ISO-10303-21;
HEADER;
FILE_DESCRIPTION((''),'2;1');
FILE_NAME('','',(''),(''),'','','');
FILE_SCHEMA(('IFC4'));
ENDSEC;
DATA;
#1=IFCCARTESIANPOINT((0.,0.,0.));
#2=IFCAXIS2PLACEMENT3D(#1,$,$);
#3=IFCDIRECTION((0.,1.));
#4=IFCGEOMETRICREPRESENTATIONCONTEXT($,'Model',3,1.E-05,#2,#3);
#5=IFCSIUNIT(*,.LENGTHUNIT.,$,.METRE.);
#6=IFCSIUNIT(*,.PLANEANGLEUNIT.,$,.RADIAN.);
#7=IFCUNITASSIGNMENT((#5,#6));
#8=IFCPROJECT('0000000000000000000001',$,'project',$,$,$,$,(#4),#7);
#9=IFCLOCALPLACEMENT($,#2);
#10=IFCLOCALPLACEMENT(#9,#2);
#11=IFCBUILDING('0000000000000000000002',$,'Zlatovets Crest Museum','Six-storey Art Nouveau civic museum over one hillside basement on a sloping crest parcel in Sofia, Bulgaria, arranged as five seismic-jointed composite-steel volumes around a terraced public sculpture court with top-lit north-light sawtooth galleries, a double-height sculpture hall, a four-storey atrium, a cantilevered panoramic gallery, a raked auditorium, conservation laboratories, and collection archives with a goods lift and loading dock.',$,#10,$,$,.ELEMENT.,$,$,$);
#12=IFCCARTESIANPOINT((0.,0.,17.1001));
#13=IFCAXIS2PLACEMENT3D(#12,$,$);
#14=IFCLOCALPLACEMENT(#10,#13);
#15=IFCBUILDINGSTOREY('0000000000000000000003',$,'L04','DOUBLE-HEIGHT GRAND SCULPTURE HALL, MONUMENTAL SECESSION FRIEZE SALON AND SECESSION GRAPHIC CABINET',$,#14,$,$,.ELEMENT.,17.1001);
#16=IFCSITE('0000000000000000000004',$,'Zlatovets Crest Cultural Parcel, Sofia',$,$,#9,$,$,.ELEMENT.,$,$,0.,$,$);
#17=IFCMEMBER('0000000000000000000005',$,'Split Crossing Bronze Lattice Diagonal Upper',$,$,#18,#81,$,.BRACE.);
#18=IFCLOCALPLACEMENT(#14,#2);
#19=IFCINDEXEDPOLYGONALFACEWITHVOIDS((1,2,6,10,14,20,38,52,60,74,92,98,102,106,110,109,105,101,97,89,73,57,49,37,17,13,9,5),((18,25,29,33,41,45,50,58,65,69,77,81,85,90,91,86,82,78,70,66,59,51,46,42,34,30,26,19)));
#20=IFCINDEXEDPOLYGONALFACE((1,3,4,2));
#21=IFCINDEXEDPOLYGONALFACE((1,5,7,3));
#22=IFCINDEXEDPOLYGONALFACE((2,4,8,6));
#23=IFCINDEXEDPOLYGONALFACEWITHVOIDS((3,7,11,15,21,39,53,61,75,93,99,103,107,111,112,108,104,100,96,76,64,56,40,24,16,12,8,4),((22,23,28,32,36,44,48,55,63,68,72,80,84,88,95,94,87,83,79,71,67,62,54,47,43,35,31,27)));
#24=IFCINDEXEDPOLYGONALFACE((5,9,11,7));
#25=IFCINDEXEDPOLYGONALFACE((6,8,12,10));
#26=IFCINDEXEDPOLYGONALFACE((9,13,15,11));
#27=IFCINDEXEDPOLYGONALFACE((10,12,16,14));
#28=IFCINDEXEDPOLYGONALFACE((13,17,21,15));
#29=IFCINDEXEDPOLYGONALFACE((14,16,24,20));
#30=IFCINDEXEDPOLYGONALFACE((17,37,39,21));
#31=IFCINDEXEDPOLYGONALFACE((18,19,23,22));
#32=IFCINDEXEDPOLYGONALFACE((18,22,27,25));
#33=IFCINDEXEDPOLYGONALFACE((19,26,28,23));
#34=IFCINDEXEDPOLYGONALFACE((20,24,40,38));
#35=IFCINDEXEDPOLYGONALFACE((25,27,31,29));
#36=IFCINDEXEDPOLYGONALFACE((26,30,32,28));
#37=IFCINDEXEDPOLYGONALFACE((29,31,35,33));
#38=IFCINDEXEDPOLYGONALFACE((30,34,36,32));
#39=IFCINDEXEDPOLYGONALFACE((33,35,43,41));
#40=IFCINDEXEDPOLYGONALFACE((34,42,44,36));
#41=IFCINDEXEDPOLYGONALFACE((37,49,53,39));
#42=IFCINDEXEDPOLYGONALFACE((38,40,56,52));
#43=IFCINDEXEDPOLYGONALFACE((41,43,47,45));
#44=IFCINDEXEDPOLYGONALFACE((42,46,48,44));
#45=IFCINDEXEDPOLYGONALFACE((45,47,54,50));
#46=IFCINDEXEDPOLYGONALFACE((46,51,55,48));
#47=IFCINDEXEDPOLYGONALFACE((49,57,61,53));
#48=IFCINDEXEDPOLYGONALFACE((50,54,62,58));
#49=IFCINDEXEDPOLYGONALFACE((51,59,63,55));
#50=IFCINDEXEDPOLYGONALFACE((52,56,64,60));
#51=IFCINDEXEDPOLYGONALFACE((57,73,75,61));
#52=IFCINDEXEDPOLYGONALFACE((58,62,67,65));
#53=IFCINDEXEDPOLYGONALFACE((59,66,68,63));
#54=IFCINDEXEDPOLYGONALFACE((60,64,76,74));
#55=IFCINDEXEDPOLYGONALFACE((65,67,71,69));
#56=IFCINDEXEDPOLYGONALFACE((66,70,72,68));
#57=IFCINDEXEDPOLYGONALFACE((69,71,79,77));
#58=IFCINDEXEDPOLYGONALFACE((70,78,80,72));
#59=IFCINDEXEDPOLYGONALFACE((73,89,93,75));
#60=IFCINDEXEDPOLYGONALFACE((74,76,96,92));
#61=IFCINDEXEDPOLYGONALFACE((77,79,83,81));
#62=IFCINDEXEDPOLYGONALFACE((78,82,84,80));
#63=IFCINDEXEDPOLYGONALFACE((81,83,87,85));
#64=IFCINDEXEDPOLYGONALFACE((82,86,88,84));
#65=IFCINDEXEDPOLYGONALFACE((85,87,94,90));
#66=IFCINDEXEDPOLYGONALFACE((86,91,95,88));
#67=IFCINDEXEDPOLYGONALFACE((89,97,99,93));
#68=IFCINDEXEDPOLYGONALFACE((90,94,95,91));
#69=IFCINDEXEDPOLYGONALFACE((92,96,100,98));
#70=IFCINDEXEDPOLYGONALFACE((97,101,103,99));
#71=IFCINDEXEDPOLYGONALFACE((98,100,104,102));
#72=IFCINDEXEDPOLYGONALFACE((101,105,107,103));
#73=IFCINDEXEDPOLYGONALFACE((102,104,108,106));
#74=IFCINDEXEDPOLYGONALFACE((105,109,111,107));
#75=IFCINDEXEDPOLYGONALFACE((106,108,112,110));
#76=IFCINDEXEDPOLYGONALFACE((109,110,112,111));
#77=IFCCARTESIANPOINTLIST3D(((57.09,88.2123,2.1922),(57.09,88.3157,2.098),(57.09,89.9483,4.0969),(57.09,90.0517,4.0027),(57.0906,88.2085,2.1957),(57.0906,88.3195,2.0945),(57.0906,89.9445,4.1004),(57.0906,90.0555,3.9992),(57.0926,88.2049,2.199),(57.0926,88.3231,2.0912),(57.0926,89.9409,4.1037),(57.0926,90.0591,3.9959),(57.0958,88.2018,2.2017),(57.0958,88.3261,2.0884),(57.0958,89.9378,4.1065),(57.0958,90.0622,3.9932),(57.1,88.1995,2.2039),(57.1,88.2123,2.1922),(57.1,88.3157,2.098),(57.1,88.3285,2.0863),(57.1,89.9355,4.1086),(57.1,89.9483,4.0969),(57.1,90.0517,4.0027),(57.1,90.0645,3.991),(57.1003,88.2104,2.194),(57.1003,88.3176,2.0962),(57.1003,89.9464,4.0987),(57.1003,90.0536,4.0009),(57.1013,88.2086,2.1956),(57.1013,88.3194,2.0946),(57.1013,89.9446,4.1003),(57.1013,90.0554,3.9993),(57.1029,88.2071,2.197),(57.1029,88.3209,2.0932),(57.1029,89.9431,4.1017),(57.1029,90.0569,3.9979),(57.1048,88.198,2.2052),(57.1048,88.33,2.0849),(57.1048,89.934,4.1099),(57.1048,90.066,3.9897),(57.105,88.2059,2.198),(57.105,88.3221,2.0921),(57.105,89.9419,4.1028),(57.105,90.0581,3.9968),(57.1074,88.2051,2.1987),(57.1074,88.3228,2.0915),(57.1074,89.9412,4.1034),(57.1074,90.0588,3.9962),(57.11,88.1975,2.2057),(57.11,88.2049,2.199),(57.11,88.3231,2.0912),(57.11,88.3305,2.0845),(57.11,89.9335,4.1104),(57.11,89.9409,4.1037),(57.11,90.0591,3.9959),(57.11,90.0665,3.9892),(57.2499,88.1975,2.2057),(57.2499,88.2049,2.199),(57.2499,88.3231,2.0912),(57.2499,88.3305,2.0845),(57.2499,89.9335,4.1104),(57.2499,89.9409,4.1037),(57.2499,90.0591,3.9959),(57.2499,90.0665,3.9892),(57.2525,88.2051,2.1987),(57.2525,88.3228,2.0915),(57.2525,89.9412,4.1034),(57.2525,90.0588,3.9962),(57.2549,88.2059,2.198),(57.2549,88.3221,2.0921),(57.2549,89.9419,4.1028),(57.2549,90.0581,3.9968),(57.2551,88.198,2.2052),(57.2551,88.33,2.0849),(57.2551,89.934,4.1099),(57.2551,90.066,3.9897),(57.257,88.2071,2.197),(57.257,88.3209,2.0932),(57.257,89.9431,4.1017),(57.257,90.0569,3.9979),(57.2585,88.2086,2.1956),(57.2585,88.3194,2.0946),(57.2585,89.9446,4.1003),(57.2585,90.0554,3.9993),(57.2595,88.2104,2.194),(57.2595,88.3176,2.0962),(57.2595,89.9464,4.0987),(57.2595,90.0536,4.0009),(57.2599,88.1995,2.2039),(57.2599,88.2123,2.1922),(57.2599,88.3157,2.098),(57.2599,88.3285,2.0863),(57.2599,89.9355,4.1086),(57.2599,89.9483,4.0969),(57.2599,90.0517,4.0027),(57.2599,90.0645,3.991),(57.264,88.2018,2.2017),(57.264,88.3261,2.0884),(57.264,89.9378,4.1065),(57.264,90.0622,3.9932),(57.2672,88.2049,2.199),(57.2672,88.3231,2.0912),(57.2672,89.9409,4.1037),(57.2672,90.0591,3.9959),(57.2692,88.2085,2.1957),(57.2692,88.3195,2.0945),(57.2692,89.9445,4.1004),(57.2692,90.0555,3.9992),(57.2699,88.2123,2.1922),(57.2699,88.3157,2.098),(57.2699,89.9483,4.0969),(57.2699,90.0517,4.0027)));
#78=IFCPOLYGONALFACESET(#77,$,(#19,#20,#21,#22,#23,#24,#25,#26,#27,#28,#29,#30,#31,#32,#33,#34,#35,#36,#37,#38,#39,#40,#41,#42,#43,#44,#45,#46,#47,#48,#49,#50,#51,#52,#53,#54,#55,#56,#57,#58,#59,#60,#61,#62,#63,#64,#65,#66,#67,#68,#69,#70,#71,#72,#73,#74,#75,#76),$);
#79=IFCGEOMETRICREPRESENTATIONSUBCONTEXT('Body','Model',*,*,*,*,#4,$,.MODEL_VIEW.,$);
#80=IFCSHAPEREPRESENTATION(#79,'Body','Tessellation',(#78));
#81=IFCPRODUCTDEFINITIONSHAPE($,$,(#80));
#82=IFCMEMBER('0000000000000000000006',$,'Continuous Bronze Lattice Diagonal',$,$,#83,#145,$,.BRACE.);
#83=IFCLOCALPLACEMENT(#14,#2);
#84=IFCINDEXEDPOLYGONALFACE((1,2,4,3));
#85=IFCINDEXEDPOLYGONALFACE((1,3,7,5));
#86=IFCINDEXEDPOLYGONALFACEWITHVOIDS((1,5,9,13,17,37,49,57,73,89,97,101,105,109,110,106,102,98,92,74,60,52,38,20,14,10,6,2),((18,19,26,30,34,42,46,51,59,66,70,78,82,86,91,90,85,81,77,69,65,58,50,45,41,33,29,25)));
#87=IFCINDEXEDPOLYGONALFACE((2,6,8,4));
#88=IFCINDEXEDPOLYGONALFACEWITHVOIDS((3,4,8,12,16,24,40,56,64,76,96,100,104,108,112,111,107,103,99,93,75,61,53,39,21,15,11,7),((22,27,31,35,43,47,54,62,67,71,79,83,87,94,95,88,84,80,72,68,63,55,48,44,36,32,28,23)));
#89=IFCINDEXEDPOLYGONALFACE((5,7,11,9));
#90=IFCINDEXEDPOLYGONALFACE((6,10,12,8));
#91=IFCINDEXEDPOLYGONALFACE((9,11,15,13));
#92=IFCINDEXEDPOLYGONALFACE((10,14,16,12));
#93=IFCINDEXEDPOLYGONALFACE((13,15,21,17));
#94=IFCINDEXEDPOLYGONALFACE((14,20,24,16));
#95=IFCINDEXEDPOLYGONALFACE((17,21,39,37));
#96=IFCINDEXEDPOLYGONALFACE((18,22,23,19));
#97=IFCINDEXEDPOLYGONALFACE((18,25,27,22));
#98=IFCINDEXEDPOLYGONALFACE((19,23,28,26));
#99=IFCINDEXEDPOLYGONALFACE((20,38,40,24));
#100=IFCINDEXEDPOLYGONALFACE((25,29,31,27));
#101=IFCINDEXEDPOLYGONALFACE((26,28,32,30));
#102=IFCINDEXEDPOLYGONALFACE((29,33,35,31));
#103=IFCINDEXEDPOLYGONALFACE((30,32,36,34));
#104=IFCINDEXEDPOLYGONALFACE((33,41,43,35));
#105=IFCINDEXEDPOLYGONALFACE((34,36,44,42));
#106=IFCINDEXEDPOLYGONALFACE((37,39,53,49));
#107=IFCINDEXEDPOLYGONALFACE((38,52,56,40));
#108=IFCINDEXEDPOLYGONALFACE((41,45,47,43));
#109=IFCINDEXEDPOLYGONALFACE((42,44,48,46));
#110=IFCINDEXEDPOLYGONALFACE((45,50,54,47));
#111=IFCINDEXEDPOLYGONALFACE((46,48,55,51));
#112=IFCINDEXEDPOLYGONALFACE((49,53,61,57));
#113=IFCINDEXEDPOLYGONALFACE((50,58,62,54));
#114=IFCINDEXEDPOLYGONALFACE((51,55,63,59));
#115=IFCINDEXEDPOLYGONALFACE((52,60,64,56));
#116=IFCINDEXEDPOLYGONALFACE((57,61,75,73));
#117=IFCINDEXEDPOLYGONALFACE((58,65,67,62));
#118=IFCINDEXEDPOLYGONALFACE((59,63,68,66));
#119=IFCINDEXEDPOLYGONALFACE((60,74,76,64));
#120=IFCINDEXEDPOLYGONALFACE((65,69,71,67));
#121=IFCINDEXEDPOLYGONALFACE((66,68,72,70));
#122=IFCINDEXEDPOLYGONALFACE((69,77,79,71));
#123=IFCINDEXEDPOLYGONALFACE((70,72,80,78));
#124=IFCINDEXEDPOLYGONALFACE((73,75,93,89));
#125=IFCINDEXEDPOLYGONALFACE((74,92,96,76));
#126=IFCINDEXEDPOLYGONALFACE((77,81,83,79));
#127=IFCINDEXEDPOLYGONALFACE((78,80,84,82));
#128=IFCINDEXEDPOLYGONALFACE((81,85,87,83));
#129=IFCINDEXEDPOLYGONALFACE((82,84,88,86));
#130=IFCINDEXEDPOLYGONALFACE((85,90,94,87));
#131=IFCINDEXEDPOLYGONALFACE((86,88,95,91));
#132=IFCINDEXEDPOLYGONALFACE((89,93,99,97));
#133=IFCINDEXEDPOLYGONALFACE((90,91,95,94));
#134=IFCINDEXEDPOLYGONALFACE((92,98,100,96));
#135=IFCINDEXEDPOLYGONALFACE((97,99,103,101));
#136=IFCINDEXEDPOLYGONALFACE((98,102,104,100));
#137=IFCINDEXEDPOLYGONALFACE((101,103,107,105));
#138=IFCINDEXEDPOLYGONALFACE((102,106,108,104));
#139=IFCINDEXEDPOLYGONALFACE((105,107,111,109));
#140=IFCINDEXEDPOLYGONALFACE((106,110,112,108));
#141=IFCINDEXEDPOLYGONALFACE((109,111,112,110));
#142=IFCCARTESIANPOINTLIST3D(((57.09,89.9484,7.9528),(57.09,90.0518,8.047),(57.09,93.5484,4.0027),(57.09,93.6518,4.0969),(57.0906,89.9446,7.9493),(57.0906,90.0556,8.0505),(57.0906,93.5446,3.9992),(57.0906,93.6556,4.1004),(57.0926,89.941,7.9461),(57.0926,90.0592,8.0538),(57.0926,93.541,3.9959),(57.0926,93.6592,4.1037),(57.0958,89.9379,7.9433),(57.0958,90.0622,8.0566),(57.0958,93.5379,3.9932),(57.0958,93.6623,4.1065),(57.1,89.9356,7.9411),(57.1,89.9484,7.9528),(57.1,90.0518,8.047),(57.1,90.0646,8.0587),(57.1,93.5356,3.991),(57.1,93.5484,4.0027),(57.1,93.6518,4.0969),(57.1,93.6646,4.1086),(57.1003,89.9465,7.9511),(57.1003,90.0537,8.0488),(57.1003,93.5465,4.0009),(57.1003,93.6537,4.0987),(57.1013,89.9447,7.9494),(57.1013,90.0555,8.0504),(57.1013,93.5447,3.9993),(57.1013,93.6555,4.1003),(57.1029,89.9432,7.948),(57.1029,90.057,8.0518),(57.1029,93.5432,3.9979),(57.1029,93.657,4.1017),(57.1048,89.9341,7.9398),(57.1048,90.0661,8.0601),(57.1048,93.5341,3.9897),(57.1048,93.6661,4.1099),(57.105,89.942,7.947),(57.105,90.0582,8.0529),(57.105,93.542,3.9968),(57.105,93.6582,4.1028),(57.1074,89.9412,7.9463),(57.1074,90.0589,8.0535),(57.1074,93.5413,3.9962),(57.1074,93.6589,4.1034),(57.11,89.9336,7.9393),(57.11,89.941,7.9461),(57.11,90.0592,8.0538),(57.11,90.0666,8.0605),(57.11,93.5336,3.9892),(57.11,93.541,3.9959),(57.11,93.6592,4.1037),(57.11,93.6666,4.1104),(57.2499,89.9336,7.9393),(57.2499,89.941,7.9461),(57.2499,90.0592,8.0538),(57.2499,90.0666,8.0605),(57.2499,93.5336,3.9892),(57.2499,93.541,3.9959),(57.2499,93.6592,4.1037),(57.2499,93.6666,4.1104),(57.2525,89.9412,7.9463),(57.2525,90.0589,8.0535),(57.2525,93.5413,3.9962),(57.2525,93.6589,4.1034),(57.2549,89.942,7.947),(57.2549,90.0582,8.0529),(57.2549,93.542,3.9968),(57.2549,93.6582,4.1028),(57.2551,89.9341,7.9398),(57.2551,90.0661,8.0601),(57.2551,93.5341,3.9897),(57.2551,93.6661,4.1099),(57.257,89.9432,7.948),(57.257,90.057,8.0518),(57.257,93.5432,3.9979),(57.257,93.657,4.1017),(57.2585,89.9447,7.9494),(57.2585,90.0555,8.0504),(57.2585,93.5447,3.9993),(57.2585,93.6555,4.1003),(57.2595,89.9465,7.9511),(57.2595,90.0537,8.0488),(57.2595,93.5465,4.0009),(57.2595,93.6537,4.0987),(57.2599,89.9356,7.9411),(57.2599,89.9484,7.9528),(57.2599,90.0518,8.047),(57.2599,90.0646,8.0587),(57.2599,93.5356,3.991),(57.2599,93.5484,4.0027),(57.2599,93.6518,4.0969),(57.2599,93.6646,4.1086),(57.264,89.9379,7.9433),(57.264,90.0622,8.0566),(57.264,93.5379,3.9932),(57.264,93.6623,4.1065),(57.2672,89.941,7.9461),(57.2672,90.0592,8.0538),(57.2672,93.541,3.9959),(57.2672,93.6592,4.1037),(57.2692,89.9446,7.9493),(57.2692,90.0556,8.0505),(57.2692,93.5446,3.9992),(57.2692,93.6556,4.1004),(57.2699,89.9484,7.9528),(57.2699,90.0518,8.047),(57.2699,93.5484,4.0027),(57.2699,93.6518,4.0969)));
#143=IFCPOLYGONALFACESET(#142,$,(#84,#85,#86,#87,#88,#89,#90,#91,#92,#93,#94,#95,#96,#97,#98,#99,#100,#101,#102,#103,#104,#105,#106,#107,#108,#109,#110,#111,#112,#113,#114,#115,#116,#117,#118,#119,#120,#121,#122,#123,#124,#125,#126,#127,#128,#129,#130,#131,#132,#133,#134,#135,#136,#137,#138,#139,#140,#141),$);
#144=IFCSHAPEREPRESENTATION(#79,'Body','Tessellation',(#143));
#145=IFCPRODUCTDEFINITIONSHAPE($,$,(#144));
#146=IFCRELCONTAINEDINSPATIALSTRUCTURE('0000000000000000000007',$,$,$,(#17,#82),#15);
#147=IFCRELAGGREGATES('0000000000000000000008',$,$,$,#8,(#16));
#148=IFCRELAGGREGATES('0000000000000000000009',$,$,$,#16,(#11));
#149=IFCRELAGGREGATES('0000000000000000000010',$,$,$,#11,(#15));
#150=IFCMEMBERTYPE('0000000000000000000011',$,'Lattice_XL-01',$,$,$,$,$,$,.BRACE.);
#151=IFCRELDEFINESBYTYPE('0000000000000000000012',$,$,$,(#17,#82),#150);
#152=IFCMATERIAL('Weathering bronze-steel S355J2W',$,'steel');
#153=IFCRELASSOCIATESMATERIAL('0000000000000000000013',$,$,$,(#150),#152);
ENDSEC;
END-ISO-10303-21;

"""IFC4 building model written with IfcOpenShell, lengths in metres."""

from ifc_helpers import new_model, si_unit, direction, frame, origin, origin_2d, place, context, subcontext, project, spatial, hollow_rectangle, extrude, material, material_profile, profile_set, type_object, element, save


model = new_model("IFC4")

# Units and contexts
model_context = context("Model", 3, precision=1e-05, world=origin(), true_north=direction((0.0, 1.0)))
body_context = subcontext(model_context, "Body", "Model", "MODEL_VIEW")
ifc_project = project(units=[si_unit("LENGTHUNIT", "METRE"), si_unit("PLANEANGLEUNIT", "RADIAN")], contexts=[model_context])

# Site, building, storey
site_placement = place(None, origin())
site = spatial("IfcSite", under=ifc_project, at=site_placement, Name="Zlatovets Crest Cultural Parcel, Sofia", CompositionType="ELEMENT", RefElevation=0.0)
building_placement = place(site_placement, origin())
building = spatial("IfcBuilding", under=site, at=building_placement, Name="Zlatovets Crest Museum", Description="Six-storey Art Nouveau civic museum over one hillside basement on a sloping crest parcel in Sofia, Bulgaria, arranged as five seismic-jointed composite-steel volumes around a terraced public sculpture court with top-lit north-light sawtooth galleries, a double-height sculpture hall, a four-storey atrium, a cantilevered panoramic gallery, a raked auditorium, conservation laboratories, and collection archives with a goods lift and loading dock.", CompositionType="ELEMENT")
storey_placement = place(building_placement, frame((0.0, 0.0, 17.1001)))
storey = spatial("IfcBuildingStorey", under=building, at=storey_placement, Name="L04", Description="DOUBLE-HEIGHT GRAND SCULPTURE HALL, MONUMENTAL SECESSION FRIEZE SALON AND SECESSION GRAPHIC CABINET", CompositionType="ELEMENT", Elevation=17.1001)

# Members
ifc_material_1 = material(Name="Weathering bronze-steel S355J2W", Category="steel")
ifc_material_profile_1 = material_profile(ifc_material_1, hollow_rectangle(XDim=0.1799, YDim=0.1799, WallThickness=0.01, InnerFilletRadius=0.01, OuterFilletRadius=0.02, at=origin_2d()), Name="SHS 180x180x10.0")
ifc_profile_set_1 = profile_set([ifc_material_profile_1], Name="Weathering bronze-steel S355J2W")
member_type_1 = type_object("IfcMemberType", Name="Lattice_XL-01", PredefinedType="BRACE", material=ifc_profile_set_1)
member_1_placement = place(storey_placement, frame((57.1799, 90.0, 4.0498), z_axis=(0.0, -0.67362, -0.739078), x_axis=(1.0, 0.0, 0.0)))
element("IfcMember", 1, at=member_1_placement, inside=storey, type_object=member_type_1, Name="Split Crossing Bronze Lattice Diagonal Upper", PredefinedType="BRACE", context=body_context, shape_type="SweptSolid", body=[
    extrude(hollow_rectangle(XDim=0.1799, YDim=0.1799, WallThickness=0.01, InnerFilletRadius=0.01, OuterFilletRadius=0.02, at=origin_2d()), origin(), (0.0, 0.0, 1.0), 2.5771),
])
member_2_placement = place(storey_placement, frame((57.1799, 93.6001, 4.0498), z_axis=(0.0, -0.673595, 0.7391), x_axis=(1.0, 0.0, 0.0)))
element("IfcMember", 2, at=member_2_placement, inside=storey, type_object=member_type_1, Name="Continuous Bronze Lattice Diagonal", PredefinedType="BRACE", context=body_context, shape_type="SweptSolid", body=[
    extrude(hollow_rectangle(XDim=0.1799, YDim=0.1799, WallThickness=0.01, InnerFilletRadius=0.01, OuterFilletRadius=0.02, at=origin_2d()), origin(), (0.0, 0.0, 1.0), 5.3445),
])

save(model, "model.ifc")
